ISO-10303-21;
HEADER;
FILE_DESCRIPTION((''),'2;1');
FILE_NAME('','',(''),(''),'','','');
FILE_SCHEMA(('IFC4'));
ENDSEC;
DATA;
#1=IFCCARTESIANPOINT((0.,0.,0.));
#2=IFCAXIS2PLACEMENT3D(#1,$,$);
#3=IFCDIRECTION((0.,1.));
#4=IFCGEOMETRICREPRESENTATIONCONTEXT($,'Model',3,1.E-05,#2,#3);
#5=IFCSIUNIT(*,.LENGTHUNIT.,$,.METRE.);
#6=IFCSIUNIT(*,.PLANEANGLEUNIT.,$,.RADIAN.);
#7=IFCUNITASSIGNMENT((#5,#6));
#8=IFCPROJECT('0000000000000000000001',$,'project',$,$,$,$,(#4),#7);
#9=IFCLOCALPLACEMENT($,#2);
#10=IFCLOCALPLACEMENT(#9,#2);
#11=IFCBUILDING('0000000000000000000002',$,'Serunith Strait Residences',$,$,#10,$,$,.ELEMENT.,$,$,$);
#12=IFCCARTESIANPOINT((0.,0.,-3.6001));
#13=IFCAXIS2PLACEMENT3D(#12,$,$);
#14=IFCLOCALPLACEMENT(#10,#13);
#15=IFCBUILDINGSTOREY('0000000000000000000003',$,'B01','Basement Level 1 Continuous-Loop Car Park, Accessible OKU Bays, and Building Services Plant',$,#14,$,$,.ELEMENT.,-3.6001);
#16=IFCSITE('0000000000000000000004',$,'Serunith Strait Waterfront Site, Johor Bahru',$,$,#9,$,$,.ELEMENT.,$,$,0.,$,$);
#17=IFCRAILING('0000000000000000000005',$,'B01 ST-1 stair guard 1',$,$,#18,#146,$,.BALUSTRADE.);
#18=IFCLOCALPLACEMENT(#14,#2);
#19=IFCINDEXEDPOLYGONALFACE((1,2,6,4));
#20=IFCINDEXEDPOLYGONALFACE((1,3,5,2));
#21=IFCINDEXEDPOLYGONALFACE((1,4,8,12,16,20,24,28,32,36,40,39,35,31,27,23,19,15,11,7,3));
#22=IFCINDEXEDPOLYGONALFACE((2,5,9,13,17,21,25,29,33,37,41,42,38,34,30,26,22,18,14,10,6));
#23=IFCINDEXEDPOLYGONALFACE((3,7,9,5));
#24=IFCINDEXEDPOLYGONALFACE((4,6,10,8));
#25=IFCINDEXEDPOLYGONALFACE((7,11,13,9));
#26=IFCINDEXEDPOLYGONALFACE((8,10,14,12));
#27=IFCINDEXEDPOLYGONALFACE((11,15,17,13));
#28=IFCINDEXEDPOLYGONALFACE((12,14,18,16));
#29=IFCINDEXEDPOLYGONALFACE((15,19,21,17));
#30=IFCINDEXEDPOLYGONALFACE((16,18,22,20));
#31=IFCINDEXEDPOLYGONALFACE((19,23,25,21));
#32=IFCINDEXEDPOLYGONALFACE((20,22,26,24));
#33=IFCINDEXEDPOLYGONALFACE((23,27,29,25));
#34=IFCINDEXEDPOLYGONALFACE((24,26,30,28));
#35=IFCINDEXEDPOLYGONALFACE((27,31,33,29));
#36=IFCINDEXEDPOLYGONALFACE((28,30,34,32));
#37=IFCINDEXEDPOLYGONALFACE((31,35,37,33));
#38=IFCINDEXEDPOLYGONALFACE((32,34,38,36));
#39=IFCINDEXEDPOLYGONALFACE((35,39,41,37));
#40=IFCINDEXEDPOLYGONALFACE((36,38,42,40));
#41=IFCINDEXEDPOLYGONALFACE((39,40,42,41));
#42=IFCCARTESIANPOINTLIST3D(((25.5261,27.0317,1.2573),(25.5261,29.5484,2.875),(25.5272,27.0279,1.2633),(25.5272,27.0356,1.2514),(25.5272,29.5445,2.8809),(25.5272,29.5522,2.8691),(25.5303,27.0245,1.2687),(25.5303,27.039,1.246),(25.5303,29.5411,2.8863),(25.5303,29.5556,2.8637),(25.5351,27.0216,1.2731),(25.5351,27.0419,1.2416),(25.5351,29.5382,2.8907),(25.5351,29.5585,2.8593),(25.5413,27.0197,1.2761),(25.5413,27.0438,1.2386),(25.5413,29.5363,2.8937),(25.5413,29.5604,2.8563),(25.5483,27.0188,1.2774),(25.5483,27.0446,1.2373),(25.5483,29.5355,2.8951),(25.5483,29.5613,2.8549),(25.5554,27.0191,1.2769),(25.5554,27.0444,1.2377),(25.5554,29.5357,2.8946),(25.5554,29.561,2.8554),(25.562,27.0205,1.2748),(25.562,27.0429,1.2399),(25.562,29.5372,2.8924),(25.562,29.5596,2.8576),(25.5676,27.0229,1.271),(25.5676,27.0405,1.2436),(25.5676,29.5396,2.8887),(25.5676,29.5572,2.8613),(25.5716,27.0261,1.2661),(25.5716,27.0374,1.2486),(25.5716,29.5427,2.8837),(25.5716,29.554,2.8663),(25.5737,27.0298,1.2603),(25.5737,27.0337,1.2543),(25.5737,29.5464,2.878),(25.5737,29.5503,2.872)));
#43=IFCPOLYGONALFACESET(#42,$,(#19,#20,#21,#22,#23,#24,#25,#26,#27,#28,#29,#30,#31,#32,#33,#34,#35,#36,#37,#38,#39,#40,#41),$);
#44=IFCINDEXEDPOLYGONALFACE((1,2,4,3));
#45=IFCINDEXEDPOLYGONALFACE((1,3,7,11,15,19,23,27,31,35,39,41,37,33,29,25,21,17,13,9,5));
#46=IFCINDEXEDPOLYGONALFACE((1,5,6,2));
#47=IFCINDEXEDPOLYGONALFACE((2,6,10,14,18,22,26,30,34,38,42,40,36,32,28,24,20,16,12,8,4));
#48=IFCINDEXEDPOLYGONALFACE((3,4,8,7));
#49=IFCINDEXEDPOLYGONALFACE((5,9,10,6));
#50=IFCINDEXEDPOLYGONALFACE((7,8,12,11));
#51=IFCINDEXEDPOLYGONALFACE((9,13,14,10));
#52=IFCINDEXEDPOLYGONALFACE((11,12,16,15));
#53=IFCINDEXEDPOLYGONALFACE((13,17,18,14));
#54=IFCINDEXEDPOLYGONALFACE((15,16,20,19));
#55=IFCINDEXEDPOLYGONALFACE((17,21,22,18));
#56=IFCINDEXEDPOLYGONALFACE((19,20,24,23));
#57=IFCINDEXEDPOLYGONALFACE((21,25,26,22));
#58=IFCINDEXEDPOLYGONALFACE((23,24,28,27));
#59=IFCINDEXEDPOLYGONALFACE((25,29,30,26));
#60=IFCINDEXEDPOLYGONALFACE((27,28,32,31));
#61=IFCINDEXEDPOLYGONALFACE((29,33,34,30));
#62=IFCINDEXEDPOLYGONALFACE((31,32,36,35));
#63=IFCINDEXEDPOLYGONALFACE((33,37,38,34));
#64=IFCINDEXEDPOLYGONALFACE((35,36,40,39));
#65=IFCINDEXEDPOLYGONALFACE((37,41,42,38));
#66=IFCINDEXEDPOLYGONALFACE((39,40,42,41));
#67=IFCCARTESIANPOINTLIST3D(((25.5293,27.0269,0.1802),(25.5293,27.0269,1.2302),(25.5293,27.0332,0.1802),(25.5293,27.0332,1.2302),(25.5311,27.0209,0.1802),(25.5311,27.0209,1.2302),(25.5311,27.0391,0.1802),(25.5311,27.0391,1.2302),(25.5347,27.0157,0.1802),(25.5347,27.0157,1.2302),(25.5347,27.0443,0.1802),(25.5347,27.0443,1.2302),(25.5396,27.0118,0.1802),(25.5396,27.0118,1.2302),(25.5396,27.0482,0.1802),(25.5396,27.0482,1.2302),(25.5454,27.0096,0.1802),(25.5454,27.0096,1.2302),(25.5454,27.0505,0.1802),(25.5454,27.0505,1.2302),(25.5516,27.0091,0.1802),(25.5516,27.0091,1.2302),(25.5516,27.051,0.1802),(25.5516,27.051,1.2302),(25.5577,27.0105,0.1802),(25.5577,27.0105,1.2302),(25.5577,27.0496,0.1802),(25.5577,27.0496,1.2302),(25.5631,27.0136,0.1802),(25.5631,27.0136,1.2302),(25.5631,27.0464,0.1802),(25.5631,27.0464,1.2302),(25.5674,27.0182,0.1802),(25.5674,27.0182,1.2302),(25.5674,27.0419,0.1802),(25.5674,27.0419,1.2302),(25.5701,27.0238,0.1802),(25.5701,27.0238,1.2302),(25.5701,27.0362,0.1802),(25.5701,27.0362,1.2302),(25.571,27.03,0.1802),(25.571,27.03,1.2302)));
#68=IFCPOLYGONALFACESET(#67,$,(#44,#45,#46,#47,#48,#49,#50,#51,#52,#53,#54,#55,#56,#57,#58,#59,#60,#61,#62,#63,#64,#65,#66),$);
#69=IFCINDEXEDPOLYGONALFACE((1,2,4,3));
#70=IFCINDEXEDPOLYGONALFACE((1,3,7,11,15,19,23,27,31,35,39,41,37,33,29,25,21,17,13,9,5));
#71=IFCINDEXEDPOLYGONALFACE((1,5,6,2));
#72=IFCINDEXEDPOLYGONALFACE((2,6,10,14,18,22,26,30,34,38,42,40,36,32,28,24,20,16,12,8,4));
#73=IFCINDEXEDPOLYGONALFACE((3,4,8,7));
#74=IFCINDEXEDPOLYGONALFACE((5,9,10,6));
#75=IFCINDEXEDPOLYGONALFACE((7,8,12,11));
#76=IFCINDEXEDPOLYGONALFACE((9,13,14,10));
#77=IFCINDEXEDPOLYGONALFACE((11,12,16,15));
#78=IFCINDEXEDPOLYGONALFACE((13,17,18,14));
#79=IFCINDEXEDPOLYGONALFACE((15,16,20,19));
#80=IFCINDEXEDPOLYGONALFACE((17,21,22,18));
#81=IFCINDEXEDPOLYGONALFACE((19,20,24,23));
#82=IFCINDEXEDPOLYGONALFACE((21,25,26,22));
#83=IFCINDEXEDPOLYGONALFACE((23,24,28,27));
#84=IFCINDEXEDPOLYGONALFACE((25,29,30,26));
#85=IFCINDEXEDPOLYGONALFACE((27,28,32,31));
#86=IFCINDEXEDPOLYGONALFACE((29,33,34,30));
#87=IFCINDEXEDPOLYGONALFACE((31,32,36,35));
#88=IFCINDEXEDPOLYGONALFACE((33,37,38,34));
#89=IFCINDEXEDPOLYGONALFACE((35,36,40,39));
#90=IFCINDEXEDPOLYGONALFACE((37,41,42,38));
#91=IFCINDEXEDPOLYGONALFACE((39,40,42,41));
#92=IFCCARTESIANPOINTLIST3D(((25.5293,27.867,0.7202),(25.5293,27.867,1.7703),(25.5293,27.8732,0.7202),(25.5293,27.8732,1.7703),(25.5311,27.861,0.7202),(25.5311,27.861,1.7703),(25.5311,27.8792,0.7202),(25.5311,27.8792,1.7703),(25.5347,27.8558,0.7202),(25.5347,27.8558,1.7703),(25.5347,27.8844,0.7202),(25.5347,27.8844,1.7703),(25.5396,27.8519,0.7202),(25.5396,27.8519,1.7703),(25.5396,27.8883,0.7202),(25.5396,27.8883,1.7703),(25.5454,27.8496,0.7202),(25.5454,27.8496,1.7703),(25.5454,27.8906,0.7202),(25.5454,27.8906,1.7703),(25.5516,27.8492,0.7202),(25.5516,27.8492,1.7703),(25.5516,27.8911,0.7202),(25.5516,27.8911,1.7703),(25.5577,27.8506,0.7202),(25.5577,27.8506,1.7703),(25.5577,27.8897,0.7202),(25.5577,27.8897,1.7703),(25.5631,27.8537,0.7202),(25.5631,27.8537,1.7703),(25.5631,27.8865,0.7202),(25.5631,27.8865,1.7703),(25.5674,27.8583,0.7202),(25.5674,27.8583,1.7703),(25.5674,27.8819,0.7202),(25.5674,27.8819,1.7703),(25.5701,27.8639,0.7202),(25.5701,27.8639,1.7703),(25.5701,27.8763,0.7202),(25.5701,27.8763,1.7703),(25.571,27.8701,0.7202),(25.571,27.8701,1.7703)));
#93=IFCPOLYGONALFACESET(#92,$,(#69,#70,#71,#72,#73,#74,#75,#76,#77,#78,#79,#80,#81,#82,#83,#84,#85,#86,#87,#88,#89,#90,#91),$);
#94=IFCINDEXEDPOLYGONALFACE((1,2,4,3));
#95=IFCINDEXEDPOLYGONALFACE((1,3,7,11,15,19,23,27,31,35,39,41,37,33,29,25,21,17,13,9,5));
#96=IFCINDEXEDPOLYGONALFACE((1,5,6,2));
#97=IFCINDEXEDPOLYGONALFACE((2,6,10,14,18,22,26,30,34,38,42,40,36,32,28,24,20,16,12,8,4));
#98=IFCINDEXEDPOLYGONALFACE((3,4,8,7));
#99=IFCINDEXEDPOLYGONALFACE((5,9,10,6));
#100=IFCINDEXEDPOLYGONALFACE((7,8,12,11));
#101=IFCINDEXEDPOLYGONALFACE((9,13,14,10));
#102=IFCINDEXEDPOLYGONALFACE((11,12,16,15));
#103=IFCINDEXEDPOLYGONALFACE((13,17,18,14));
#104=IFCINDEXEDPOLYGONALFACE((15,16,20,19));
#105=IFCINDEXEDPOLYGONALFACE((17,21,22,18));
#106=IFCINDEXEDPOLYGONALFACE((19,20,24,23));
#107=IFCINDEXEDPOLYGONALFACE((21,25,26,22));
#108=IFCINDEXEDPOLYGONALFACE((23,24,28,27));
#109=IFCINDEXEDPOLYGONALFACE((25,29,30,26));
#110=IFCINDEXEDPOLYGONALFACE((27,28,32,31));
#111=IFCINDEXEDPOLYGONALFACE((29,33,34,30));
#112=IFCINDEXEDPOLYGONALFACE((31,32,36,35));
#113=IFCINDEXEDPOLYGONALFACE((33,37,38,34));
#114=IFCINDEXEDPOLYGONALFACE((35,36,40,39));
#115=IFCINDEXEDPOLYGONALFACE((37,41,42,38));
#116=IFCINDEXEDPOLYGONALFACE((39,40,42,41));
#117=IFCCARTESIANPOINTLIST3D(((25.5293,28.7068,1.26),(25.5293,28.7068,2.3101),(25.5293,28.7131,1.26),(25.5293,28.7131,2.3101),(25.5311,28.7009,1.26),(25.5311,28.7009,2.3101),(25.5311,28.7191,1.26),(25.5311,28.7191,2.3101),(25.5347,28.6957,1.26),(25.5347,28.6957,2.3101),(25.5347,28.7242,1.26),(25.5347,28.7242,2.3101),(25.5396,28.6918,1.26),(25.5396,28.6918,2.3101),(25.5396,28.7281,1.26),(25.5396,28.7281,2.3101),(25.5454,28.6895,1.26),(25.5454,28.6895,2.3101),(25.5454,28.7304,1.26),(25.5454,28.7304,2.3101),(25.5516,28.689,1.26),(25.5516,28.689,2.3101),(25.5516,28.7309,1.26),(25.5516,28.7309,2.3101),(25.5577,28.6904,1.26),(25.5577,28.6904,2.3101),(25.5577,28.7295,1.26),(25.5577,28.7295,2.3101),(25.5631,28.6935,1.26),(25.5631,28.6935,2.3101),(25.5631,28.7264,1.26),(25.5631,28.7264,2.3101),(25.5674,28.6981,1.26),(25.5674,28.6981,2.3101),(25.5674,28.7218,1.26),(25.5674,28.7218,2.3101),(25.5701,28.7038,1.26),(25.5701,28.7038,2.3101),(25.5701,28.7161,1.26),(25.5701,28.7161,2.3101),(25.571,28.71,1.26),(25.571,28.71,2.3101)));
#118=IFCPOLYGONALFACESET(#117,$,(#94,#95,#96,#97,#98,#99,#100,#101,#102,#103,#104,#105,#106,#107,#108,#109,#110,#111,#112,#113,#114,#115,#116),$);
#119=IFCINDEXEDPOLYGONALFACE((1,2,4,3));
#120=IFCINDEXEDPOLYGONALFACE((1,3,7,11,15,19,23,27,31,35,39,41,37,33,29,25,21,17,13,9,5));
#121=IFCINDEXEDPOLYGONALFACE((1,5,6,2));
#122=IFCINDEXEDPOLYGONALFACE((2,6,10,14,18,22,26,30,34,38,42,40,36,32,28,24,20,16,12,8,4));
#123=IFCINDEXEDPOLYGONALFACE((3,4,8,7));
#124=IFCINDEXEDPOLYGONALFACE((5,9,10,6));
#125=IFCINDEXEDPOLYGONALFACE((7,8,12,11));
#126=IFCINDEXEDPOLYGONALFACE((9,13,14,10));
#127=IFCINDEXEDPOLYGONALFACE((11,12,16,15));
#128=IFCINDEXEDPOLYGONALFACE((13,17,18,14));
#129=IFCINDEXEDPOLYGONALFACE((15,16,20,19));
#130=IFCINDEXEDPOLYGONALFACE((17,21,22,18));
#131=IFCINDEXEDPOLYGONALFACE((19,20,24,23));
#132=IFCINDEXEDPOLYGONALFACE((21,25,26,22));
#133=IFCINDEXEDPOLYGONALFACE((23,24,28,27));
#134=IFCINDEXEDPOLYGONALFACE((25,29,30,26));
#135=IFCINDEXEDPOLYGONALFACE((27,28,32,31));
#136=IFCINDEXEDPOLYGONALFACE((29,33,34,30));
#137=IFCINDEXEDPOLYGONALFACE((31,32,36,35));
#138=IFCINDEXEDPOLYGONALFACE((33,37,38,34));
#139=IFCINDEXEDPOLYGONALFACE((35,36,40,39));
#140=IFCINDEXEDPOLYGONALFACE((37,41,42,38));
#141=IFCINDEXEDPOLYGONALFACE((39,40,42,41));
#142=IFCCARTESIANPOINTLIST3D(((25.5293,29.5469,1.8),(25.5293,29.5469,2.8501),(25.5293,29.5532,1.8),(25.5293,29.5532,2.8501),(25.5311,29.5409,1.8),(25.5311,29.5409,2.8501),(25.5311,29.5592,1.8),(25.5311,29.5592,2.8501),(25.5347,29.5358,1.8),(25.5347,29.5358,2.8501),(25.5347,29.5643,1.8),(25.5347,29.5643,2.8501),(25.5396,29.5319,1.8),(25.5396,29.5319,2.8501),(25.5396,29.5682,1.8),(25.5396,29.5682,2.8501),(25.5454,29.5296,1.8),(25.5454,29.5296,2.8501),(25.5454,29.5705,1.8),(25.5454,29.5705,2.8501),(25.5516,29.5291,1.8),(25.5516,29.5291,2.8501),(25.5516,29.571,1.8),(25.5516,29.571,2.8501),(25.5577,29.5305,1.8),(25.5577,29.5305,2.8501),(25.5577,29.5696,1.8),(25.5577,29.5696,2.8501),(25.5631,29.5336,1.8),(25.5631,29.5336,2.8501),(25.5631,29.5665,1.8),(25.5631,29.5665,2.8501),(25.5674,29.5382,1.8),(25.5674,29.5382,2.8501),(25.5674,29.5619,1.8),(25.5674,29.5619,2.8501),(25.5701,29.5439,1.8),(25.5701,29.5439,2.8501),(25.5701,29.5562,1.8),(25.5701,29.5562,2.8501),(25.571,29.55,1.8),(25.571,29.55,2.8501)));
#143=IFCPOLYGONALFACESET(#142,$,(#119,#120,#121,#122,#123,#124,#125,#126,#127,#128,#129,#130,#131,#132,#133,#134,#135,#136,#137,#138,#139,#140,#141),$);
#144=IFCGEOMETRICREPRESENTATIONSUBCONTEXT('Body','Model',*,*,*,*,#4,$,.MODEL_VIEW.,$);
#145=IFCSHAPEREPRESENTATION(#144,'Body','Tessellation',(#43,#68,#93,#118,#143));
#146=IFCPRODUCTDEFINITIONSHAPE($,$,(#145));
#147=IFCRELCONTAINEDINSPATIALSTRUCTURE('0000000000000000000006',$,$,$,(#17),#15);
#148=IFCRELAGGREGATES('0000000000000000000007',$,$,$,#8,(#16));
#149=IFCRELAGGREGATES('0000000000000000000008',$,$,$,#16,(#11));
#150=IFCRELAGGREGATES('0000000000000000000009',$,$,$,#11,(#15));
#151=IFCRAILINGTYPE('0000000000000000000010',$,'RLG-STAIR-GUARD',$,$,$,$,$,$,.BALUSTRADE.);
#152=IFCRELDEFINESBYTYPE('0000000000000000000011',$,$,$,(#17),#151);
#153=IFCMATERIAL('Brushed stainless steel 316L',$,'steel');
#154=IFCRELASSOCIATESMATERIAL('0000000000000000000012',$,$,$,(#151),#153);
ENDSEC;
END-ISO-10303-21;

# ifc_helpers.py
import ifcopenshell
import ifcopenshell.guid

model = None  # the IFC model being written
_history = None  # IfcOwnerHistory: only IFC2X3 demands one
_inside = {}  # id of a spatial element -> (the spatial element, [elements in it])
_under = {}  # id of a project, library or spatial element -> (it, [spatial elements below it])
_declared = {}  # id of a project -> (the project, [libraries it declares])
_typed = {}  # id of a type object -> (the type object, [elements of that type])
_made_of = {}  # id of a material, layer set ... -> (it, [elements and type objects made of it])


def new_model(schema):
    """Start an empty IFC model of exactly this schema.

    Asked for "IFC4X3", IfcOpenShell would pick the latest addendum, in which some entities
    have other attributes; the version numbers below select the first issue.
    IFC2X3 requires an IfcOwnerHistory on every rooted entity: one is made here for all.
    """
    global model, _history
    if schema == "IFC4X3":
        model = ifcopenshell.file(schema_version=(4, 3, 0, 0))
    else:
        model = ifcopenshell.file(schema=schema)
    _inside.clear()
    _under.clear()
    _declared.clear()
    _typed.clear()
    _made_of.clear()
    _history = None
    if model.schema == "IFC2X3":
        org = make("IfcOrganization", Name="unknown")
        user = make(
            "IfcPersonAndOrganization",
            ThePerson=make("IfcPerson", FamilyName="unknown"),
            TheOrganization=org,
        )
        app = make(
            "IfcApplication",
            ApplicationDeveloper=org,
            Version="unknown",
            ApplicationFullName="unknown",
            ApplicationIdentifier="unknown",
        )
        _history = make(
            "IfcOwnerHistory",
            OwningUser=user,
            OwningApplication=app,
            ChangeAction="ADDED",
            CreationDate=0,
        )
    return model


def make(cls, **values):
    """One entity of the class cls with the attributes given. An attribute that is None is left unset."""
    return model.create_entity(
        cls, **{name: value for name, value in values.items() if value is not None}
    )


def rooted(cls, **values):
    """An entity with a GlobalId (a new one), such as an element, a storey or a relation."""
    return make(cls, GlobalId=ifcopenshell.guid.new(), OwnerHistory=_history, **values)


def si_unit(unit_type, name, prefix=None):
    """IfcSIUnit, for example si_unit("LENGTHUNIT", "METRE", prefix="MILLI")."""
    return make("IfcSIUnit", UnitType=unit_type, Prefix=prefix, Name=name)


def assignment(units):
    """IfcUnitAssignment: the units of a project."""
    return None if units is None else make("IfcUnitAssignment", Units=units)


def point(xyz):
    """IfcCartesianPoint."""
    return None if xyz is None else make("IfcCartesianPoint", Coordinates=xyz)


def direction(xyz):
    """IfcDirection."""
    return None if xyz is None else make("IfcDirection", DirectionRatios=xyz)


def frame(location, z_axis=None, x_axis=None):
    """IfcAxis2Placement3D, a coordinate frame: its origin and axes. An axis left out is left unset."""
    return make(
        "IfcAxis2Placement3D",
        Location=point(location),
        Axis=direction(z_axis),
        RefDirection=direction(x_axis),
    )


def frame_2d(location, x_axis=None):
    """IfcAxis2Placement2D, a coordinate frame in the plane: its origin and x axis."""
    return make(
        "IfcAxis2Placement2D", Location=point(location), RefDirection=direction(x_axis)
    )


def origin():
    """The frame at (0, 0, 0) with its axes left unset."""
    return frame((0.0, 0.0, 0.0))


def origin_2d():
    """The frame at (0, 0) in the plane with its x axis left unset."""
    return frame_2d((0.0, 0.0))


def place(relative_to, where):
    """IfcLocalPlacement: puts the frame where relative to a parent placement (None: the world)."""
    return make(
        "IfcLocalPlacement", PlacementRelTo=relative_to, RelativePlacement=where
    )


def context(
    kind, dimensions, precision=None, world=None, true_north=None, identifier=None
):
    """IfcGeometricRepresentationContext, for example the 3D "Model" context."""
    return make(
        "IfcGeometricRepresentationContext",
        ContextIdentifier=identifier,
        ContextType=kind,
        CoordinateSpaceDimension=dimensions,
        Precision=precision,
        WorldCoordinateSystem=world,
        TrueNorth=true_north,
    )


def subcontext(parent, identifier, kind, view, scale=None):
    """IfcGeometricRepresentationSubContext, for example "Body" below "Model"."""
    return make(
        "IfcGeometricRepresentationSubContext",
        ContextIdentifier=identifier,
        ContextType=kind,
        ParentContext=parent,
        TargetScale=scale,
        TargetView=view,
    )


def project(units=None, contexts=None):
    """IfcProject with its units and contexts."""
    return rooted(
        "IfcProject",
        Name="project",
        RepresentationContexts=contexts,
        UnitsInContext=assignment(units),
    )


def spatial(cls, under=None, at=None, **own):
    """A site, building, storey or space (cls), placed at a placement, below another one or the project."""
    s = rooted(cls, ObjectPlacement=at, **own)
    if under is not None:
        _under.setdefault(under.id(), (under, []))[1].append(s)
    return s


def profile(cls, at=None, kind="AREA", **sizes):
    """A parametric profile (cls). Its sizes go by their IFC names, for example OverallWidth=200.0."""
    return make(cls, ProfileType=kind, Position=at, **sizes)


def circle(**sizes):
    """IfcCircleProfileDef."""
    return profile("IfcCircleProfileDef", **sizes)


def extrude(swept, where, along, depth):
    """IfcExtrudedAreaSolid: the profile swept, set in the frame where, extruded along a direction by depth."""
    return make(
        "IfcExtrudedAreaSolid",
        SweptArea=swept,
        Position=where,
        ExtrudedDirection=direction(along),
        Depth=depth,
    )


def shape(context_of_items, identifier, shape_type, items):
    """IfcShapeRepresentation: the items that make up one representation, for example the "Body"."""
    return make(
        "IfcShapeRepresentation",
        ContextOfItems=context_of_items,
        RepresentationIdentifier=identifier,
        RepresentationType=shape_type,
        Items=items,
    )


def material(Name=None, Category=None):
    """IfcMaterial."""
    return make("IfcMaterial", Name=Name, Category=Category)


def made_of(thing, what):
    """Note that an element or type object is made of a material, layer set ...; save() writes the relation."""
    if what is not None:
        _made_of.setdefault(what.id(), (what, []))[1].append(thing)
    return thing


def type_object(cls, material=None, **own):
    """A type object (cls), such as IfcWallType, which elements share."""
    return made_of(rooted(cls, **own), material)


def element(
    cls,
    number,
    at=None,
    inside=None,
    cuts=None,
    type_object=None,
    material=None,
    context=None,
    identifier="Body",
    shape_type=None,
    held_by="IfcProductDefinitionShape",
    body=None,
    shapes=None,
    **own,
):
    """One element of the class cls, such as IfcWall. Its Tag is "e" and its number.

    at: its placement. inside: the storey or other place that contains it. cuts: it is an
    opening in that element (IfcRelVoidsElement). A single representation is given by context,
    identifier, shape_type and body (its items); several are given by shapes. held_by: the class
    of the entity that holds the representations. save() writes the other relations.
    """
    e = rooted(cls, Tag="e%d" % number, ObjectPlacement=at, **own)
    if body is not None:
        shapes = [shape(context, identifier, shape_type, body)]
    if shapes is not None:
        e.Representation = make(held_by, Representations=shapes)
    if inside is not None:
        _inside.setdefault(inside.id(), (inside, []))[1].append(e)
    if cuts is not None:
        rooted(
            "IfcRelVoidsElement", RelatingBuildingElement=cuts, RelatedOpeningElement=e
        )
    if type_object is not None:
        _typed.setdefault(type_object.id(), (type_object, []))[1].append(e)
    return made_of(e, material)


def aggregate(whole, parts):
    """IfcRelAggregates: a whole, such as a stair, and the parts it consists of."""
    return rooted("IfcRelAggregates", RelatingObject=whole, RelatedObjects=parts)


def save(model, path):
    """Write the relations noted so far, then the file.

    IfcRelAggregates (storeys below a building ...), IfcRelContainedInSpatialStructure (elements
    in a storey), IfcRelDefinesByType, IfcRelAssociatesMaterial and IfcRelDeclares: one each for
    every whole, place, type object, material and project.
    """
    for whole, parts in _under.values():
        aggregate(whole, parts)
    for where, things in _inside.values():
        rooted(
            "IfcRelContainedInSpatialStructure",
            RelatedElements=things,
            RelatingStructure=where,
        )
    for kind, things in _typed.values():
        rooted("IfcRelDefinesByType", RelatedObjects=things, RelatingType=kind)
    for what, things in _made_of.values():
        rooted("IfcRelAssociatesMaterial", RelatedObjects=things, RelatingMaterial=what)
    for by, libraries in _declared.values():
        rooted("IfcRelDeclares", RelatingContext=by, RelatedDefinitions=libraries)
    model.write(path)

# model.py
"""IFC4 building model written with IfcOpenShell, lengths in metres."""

from ifc_helpers import new_model, si_unit, direction, frame, origin, origin_2d, place, context, subcontext, project, spatial, circle, extrude, material, type_object, element, save


model = new_model("IFC4")

# Units and contexts
model_context = context("Model", 3, precision=1e-05, world=origin(), true_north=direction((0.0, 1.0)))
body_context = subcontext(model_context, "Body", "Model", "MODEL_VIEW")
ifc_project = project(units=[si_unit("LENGTHUNIT", "METRE"), si_unit("PLANEANGLEUNIT", "RADIAN")], contexts=[model_context])

# Site, building, storey
site_placement = place(None, origin())
site = spatial("IfcSite", under=ifc_project, at=site_placement, Name="Serunith Strait Waterfront Site, Johor Bahru", CompositionType="ELEMENT", RefElevation=0.0)
building_placement = place(site_placement, origin())
building = spatial("IfcBuilding", under=site, at=building_placement, Name="Serunith Strait Residences", CompositionType="ELEMENT")
storey_placement = place(building_placement, frame((0.0, 0.0, -3.6001)))
storey = spatial("IfcBuildingStorey", under=building, at=storey_placement, Name="B01", Description="Basement Level 1 Continuous-Loop Car Park, Accessible OKU Bays, and Building Services Plant", CompositionType="ELEMENT", Elevation=-3.6001)

# Railing
ifc_material_1 = material(Name="Brushed stainless steel 316L", Category="steel")
railing_type_1 = type_object("IfcRailingType", Name="RLG-STAIR-GUARD", PredefinedType="BALUSTRADE", material=ifc_material_1)
railing_1_placement = place(storey_placement, frame((25.55, 27.03, 0.1802)))
element("IfcRailing", 1, at=railing_1_placement, inside=storey, type_object=railing_type_1, Name="B01 ST-1 stair guard 1", PredefinedType="BALUSTRADE", context=body_context, shape_type="SweptSolid", body=[
    extrude(circle(Radius=0.0239, at=origin_2d()), frame((0.0, 0.0017, 1.0771), z_axis=(0.0, 0.8412, 0.540725), x_axis=(-1.0, 0.0, 0.0)), (0.0, 0.0, 1.0), 2.9917),
    extrude(circle(Radius=0.021, at=origin_2d()), origin(), (0.0, 0.0, 1.0), 1.05),
    extrude(circle(Radius=0.021, at=origin_2d()), frame((0.0, 0.8401, 0.54)), (0.0, 0.0, 1.0), 1.05),
    extrude(circle(Radius=0.021, at=origin_2d()), frame((0.0, 1.6799, 1.0798)), (0.0, 0.0, 1.0), 1.05),
    extrude(circle(Radius=0.021, at=origin_2d()), frame((0.0, 2.52, 1.6199)), (0.0, 0.0, 1.0), 1.05),
])

save(model, "model.ifc")
